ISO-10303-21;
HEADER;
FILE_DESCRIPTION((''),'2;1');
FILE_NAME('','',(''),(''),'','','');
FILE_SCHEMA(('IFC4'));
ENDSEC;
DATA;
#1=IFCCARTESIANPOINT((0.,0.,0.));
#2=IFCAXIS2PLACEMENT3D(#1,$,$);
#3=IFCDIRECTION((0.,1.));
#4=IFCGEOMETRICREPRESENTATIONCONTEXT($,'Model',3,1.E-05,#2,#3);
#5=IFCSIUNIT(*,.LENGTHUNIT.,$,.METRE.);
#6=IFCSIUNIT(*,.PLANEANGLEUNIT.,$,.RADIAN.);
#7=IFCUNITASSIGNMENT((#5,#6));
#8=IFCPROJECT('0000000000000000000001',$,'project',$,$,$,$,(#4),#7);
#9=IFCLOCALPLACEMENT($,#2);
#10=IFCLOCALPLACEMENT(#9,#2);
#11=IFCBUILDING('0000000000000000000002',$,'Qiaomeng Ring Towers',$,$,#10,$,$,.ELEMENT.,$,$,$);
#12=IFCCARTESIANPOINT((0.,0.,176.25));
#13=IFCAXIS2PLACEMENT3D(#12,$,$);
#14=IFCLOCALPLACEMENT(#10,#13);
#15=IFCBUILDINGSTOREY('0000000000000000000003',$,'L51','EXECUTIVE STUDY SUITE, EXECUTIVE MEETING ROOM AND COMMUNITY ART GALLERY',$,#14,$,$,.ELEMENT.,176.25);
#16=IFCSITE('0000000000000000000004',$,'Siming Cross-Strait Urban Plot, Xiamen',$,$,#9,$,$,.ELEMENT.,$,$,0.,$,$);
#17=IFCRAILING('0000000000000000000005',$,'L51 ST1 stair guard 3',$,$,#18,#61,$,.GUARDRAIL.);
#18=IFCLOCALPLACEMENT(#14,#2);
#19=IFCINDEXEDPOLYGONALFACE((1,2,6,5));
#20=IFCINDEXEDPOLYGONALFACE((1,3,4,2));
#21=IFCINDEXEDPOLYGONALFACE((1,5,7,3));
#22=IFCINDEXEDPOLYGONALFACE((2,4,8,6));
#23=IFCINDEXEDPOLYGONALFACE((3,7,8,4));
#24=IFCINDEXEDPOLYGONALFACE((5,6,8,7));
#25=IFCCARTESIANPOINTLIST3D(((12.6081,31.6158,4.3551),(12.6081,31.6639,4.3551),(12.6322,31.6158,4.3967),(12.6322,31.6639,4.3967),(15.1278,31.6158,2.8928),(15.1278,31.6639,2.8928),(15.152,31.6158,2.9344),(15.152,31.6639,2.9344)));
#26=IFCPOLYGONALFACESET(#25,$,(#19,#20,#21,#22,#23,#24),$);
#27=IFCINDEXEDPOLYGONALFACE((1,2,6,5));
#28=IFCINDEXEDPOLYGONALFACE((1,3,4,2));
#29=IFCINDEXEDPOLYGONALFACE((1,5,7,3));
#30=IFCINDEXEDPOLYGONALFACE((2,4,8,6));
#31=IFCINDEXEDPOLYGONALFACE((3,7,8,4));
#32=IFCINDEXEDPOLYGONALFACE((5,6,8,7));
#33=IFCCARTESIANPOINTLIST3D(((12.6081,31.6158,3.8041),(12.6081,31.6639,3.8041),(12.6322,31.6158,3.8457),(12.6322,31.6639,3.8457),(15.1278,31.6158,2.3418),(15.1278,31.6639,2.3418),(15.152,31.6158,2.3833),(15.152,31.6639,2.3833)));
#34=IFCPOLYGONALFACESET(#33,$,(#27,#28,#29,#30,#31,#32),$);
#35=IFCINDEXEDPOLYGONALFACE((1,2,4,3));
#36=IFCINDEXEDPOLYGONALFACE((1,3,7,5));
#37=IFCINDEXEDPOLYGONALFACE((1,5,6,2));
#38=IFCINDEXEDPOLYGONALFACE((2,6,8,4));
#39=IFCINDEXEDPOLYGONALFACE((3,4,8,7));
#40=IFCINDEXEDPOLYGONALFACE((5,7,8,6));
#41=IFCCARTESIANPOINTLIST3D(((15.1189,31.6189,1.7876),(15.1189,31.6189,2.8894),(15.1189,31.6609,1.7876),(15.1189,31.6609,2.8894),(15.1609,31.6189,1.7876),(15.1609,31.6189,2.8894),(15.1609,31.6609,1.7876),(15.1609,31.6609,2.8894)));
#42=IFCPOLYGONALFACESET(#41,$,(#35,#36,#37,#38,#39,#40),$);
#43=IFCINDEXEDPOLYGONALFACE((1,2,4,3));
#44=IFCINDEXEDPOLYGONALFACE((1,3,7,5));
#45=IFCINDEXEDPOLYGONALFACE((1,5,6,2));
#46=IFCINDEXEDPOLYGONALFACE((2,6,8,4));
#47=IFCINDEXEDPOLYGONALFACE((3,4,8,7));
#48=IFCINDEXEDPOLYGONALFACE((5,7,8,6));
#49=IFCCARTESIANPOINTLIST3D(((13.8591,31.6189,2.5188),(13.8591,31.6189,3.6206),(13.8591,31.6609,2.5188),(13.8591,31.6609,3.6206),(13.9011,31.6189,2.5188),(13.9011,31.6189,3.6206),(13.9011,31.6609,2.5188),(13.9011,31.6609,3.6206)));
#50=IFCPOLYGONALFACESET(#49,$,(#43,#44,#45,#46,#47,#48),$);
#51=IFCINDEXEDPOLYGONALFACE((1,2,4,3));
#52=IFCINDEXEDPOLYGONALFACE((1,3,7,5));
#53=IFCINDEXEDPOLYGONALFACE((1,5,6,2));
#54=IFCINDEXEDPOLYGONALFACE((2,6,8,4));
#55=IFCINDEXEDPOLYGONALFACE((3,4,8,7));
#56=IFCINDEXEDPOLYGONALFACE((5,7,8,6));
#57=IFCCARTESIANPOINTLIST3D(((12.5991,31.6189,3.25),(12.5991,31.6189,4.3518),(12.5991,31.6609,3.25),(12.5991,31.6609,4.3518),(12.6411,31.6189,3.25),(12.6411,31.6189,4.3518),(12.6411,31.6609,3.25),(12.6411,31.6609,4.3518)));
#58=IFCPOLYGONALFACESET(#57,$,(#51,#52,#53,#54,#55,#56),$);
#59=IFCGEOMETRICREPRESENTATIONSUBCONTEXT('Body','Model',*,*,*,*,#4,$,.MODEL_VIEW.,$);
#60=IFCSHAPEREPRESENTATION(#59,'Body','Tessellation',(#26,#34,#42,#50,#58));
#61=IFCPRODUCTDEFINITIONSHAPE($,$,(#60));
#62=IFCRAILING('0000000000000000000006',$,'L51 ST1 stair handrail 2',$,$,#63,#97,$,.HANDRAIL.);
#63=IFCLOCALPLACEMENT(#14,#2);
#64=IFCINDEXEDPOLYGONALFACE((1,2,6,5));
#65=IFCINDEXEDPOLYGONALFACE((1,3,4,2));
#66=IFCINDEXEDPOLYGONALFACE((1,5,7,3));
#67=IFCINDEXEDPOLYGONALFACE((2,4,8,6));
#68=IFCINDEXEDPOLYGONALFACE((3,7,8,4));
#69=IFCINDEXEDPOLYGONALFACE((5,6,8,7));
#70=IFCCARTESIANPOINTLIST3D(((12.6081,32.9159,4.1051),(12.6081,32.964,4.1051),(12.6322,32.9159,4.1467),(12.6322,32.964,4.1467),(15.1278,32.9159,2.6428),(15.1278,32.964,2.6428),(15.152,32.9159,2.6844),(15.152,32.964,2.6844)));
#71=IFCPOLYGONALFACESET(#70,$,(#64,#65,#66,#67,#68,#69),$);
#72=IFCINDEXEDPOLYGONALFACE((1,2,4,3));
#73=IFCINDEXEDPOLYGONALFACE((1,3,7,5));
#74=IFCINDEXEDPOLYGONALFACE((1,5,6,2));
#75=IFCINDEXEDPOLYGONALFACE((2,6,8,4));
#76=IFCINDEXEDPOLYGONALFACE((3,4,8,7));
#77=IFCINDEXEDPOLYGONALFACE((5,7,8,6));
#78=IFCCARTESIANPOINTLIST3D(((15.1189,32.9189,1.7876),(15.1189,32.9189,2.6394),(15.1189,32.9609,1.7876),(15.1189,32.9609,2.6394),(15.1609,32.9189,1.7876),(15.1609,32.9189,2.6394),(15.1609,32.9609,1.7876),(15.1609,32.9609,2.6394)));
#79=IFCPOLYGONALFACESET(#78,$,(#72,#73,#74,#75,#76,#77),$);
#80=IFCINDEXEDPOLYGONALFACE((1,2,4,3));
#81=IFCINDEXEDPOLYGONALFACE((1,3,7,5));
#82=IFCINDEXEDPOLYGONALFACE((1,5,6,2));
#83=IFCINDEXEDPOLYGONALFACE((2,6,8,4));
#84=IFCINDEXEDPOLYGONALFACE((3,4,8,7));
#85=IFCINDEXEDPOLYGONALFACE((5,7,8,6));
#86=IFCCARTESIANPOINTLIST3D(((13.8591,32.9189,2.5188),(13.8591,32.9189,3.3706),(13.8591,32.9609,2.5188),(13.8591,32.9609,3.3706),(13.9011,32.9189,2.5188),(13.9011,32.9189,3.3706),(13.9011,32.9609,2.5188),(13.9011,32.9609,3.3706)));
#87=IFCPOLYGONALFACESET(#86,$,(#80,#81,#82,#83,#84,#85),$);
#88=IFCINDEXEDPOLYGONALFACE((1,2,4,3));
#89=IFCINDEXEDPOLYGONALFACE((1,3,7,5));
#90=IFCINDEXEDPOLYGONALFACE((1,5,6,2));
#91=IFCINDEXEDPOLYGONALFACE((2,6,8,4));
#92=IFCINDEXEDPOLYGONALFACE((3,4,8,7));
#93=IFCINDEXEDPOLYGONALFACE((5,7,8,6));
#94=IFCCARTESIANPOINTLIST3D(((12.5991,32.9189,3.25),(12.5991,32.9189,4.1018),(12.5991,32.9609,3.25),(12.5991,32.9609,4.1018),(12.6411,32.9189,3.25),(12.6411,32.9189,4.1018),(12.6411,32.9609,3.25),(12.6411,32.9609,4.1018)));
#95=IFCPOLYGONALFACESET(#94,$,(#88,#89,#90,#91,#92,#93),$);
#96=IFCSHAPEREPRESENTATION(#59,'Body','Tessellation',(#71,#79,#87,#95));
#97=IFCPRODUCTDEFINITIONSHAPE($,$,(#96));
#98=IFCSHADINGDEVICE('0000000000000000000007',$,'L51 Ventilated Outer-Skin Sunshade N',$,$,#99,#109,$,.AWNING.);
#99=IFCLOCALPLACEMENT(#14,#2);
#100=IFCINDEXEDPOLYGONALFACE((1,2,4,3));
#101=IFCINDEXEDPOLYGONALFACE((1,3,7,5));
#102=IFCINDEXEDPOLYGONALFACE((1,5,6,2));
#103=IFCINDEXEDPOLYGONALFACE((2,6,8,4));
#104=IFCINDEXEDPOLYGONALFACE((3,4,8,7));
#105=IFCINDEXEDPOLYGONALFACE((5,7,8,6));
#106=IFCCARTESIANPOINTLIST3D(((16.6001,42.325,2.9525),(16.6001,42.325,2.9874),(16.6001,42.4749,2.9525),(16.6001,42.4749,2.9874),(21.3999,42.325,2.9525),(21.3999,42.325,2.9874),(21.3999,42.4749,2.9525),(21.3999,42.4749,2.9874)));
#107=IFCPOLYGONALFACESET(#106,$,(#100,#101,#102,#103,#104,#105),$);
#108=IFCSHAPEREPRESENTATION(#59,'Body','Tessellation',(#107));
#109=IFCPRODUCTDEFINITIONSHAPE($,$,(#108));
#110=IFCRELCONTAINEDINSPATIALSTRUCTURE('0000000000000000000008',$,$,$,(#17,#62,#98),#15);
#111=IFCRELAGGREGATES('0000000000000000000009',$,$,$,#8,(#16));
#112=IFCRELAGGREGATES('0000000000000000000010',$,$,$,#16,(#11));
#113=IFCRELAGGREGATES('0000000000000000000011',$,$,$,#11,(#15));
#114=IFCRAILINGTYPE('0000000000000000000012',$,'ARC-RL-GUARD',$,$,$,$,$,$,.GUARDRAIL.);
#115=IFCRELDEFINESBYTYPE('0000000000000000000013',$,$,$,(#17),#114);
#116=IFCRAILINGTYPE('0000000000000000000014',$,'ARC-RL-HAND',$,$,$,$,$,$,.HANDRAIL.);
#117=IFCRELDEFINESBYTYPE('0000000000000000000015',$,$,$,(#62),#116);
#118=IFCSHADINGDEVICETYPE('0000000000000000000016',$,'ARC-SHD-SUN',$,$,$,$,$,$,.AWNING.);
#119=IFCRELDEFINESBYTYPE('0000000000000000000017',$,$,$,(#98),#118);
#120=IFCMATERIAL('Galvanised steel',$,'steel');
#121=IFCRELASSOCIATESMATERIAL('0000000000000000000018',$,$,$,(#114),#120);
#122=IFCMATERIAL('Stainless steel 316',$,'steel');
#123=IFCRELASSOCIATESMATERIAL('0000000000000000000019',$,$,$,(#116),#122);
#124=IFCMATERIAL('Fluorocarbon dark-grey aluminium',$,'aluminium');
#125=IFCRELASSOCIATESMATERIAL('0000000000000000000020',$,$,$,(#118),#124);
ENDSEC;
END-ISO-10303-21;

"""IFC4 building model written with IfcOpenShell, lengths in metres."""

from ifc_helpers import new_model, si_unit, direction, frame, origin, origin_2d, place, context, subcontext, project, spatial, rectangle, extrude, source, transform, mapped, material, material_profile, profile_set, type_object, element, save


model = new_model("IFC4")

# Units and contexts
model_context = context("Model", 3, precision=1e-05, world=origin(), true_north=direction((0.0, 1.0)))
body_context = subcontext(model_context, "Body", "Model", "MODEL_VIEW")
ifc_project = project(units=[si_unit("LENGTHUNIT", "METRE"), si_unit("PLANEANGLEUNIT", "RADIAN")], contexts=[model_context])

# Site, building, storey
site_placement = place(None, origin())
site = spatial("IfcSite", under=ifc_project, at=site_placement, Name="Siming Cross-Strait Urban Plot, Xiamen", CompositionType="ELEMENT", RefElevation=0.0)
building_placement = place(site_placement, origin())
building = spatial("IfcBuilding", under=site, at=building_placement, Name="Qiaomeng Ring Towers", CompositionType="ELEMENT")
storey_placement = place(building_placement, frame((0.0, 0.0, 176.25)))
storey = spatial("IfcBuildingStorey", under=building, at=storey_placement, Name="L51", Description="EXECUTIVE STUDY SUITE, EXECUTIVE MEETING ROOM AND COMMUNITY ART GALLERY", CompositionType="ELEMENT", Elevation=176.25)

# Shared definitions
ifc_material_1 = material(Name="Galvanised steel", Category="steel")

# Shared definitions
ifc_material_2 = material(Name="Stainless steel 316", Category="steel")

# Railings
railing_type_1 = type_object("IfcRailingType", Name="ARC-RL-GUARD", PredefinedType="GUARDRAIL", material=ifc_material_1)
railing_1_placement = place(storey_placement, frame((15.1399, 31.6399, 1.7876)))
element("IfcRailing", 1, at=railing_1_placement, inside=storey, type_object=railing_type_1, Name="L51 ST1 stair guard 3", PredefinedType="GUARDRAIL", context=body_context, shape_type="SweptSolid", body=[
    extrude(rectangle(XDim=0.0481, YDim=0.0481, at=origin_2d()), frame((0.0, 0.0, 1.126), z_axis=(-0.864892, 0.0, 0.501958), x_axis=(0.0, -1.0, 0.0)), (0.0, 0.0, 1.0), 2.9133),
    extrude(rectangle(XDim=0.0481, YDim=0.0481, at=origin_2d()), frame((0.0, 0.0, 0.575), z_axis=(-0.864892, 0.0, 0.501958), x_axis=(0.0, -1.0, 0.0)), (0.0, 0.0, 1.0), 2.9133),
    extrude(rectangle(XDim=0.042, YDim=0.042, at=origin_2d()), origin(), (0.0, 0.0, 1.0), 1.1018),
    extrude(rectangle(XDim=0.042, YDim=0.042, at=origin_2d()), frame((-1.2598, 0.0, 0.7312)), (0.0, 0.0, 1.0), 1.1018),
    extrude(rectangle(XDim=0.042, YDim=0.042, at=origin_2d()), frame((-2.5198, 0.0, 1.4624)), (0.0, 0.0, 1.0), 1.1018),
])
railing_type_2 = type_object("IfcRailingType", Name="ARC-RL-HAND", PredefinedType="HANDRAIL", material=ifc_material_2)
railing_2_placement = place(storey_placement, frame((15.1399, 32.9399, 1.7876)))
element("IfcRailing", 2, at=railing_2_placement, inside=storey, type_object=railing_type_2, Name="L51 ST1 stair handrail 2", PredefinedType="HANDRAIL", context=body_context, shape_type="SweptSolid", body=[
    extrude(rectangle(XDim=0.0481, YDim=0.0481, at=origin_2d()), frame((0.0, 0.0, 0.876), z_axis=(-0.864892, 0.0, 0.501958), x_axis=(0.0, -1.0, 0.0)), (0.0, 0.0, 1.0), 2.9133),
    extrude(rectangle(XDim=0.042, YDim=0.042, at=origin_2d()), origin(), (0.0, 0.0, 1.0), 0.8518),
    extrude(rectangle(XDim=0.042, YDim=0.042, at=origin_2d()), frame((-1.2598, 0.0, 0.7312)), (0.0, 0.0, 1.0), 0.8518),
    extrude(rectangle(XDim=0.042, YDim=0.042, at=origin_2d()), frame((-2.5198, 0.0, 1.4624)), (0.0, 0.0, 1.0), 0.8518),
])

# Shading device
ifc_material_3 = material(Name="Fluorocarbon dark-grey aluminium", Category="aluminium")
ifc_material_profile_1 = material_profile(ifc_material_3, rectangle(XDim=0.1499, YDim=0.0349, at=origin_2d()), Name="LV BLADE 150x35")
ifc_profile_set_1 = profile_set([ifc_material_profile_1], Name="Fluorocarbon dark-grey aluminium")
shading_device_type = type_object("IfcShadingDeviceType", Name="ARC-SHD-SUN", PredefinedType="AWNING", material=ifc_profile_set_1)
shared_shape_1 = source(origin(), body_context, "Body", "SweptSolid", [
    extrude(rectangle(XDim=0.1499, YDim=0.0349, at=origin_2d()), origin(), (0.0, 0.0, 1.0), 4.7998),
])
shading_device_placement = place(storey_placement, frame((16.6001, 42.3999, 2.97), z_axis=(1.0, 0.0, 0.0), x_axis=(0.0, 1.0, 0.0)))
element("IfcShadingDevice", 3, at=shading_device_placement, inside=storey, type_object=shading_device_type, Name="L51 Ventilated Outer-Skin Sunshade N", PredefinedType="AWNING", context=body_context, shape_type="MappedRepresentation", body=[
    mapped(shared_shape_1, transform((0.0, 0.0, 0.0), x_axis=(1.0, 0.0, 0.0), y_axis=(0.0, 1.0, 0.0), z_axis=(0.0, 0.0, 1.0), scale=1.0)),
])

save(model, "model.ifc")
